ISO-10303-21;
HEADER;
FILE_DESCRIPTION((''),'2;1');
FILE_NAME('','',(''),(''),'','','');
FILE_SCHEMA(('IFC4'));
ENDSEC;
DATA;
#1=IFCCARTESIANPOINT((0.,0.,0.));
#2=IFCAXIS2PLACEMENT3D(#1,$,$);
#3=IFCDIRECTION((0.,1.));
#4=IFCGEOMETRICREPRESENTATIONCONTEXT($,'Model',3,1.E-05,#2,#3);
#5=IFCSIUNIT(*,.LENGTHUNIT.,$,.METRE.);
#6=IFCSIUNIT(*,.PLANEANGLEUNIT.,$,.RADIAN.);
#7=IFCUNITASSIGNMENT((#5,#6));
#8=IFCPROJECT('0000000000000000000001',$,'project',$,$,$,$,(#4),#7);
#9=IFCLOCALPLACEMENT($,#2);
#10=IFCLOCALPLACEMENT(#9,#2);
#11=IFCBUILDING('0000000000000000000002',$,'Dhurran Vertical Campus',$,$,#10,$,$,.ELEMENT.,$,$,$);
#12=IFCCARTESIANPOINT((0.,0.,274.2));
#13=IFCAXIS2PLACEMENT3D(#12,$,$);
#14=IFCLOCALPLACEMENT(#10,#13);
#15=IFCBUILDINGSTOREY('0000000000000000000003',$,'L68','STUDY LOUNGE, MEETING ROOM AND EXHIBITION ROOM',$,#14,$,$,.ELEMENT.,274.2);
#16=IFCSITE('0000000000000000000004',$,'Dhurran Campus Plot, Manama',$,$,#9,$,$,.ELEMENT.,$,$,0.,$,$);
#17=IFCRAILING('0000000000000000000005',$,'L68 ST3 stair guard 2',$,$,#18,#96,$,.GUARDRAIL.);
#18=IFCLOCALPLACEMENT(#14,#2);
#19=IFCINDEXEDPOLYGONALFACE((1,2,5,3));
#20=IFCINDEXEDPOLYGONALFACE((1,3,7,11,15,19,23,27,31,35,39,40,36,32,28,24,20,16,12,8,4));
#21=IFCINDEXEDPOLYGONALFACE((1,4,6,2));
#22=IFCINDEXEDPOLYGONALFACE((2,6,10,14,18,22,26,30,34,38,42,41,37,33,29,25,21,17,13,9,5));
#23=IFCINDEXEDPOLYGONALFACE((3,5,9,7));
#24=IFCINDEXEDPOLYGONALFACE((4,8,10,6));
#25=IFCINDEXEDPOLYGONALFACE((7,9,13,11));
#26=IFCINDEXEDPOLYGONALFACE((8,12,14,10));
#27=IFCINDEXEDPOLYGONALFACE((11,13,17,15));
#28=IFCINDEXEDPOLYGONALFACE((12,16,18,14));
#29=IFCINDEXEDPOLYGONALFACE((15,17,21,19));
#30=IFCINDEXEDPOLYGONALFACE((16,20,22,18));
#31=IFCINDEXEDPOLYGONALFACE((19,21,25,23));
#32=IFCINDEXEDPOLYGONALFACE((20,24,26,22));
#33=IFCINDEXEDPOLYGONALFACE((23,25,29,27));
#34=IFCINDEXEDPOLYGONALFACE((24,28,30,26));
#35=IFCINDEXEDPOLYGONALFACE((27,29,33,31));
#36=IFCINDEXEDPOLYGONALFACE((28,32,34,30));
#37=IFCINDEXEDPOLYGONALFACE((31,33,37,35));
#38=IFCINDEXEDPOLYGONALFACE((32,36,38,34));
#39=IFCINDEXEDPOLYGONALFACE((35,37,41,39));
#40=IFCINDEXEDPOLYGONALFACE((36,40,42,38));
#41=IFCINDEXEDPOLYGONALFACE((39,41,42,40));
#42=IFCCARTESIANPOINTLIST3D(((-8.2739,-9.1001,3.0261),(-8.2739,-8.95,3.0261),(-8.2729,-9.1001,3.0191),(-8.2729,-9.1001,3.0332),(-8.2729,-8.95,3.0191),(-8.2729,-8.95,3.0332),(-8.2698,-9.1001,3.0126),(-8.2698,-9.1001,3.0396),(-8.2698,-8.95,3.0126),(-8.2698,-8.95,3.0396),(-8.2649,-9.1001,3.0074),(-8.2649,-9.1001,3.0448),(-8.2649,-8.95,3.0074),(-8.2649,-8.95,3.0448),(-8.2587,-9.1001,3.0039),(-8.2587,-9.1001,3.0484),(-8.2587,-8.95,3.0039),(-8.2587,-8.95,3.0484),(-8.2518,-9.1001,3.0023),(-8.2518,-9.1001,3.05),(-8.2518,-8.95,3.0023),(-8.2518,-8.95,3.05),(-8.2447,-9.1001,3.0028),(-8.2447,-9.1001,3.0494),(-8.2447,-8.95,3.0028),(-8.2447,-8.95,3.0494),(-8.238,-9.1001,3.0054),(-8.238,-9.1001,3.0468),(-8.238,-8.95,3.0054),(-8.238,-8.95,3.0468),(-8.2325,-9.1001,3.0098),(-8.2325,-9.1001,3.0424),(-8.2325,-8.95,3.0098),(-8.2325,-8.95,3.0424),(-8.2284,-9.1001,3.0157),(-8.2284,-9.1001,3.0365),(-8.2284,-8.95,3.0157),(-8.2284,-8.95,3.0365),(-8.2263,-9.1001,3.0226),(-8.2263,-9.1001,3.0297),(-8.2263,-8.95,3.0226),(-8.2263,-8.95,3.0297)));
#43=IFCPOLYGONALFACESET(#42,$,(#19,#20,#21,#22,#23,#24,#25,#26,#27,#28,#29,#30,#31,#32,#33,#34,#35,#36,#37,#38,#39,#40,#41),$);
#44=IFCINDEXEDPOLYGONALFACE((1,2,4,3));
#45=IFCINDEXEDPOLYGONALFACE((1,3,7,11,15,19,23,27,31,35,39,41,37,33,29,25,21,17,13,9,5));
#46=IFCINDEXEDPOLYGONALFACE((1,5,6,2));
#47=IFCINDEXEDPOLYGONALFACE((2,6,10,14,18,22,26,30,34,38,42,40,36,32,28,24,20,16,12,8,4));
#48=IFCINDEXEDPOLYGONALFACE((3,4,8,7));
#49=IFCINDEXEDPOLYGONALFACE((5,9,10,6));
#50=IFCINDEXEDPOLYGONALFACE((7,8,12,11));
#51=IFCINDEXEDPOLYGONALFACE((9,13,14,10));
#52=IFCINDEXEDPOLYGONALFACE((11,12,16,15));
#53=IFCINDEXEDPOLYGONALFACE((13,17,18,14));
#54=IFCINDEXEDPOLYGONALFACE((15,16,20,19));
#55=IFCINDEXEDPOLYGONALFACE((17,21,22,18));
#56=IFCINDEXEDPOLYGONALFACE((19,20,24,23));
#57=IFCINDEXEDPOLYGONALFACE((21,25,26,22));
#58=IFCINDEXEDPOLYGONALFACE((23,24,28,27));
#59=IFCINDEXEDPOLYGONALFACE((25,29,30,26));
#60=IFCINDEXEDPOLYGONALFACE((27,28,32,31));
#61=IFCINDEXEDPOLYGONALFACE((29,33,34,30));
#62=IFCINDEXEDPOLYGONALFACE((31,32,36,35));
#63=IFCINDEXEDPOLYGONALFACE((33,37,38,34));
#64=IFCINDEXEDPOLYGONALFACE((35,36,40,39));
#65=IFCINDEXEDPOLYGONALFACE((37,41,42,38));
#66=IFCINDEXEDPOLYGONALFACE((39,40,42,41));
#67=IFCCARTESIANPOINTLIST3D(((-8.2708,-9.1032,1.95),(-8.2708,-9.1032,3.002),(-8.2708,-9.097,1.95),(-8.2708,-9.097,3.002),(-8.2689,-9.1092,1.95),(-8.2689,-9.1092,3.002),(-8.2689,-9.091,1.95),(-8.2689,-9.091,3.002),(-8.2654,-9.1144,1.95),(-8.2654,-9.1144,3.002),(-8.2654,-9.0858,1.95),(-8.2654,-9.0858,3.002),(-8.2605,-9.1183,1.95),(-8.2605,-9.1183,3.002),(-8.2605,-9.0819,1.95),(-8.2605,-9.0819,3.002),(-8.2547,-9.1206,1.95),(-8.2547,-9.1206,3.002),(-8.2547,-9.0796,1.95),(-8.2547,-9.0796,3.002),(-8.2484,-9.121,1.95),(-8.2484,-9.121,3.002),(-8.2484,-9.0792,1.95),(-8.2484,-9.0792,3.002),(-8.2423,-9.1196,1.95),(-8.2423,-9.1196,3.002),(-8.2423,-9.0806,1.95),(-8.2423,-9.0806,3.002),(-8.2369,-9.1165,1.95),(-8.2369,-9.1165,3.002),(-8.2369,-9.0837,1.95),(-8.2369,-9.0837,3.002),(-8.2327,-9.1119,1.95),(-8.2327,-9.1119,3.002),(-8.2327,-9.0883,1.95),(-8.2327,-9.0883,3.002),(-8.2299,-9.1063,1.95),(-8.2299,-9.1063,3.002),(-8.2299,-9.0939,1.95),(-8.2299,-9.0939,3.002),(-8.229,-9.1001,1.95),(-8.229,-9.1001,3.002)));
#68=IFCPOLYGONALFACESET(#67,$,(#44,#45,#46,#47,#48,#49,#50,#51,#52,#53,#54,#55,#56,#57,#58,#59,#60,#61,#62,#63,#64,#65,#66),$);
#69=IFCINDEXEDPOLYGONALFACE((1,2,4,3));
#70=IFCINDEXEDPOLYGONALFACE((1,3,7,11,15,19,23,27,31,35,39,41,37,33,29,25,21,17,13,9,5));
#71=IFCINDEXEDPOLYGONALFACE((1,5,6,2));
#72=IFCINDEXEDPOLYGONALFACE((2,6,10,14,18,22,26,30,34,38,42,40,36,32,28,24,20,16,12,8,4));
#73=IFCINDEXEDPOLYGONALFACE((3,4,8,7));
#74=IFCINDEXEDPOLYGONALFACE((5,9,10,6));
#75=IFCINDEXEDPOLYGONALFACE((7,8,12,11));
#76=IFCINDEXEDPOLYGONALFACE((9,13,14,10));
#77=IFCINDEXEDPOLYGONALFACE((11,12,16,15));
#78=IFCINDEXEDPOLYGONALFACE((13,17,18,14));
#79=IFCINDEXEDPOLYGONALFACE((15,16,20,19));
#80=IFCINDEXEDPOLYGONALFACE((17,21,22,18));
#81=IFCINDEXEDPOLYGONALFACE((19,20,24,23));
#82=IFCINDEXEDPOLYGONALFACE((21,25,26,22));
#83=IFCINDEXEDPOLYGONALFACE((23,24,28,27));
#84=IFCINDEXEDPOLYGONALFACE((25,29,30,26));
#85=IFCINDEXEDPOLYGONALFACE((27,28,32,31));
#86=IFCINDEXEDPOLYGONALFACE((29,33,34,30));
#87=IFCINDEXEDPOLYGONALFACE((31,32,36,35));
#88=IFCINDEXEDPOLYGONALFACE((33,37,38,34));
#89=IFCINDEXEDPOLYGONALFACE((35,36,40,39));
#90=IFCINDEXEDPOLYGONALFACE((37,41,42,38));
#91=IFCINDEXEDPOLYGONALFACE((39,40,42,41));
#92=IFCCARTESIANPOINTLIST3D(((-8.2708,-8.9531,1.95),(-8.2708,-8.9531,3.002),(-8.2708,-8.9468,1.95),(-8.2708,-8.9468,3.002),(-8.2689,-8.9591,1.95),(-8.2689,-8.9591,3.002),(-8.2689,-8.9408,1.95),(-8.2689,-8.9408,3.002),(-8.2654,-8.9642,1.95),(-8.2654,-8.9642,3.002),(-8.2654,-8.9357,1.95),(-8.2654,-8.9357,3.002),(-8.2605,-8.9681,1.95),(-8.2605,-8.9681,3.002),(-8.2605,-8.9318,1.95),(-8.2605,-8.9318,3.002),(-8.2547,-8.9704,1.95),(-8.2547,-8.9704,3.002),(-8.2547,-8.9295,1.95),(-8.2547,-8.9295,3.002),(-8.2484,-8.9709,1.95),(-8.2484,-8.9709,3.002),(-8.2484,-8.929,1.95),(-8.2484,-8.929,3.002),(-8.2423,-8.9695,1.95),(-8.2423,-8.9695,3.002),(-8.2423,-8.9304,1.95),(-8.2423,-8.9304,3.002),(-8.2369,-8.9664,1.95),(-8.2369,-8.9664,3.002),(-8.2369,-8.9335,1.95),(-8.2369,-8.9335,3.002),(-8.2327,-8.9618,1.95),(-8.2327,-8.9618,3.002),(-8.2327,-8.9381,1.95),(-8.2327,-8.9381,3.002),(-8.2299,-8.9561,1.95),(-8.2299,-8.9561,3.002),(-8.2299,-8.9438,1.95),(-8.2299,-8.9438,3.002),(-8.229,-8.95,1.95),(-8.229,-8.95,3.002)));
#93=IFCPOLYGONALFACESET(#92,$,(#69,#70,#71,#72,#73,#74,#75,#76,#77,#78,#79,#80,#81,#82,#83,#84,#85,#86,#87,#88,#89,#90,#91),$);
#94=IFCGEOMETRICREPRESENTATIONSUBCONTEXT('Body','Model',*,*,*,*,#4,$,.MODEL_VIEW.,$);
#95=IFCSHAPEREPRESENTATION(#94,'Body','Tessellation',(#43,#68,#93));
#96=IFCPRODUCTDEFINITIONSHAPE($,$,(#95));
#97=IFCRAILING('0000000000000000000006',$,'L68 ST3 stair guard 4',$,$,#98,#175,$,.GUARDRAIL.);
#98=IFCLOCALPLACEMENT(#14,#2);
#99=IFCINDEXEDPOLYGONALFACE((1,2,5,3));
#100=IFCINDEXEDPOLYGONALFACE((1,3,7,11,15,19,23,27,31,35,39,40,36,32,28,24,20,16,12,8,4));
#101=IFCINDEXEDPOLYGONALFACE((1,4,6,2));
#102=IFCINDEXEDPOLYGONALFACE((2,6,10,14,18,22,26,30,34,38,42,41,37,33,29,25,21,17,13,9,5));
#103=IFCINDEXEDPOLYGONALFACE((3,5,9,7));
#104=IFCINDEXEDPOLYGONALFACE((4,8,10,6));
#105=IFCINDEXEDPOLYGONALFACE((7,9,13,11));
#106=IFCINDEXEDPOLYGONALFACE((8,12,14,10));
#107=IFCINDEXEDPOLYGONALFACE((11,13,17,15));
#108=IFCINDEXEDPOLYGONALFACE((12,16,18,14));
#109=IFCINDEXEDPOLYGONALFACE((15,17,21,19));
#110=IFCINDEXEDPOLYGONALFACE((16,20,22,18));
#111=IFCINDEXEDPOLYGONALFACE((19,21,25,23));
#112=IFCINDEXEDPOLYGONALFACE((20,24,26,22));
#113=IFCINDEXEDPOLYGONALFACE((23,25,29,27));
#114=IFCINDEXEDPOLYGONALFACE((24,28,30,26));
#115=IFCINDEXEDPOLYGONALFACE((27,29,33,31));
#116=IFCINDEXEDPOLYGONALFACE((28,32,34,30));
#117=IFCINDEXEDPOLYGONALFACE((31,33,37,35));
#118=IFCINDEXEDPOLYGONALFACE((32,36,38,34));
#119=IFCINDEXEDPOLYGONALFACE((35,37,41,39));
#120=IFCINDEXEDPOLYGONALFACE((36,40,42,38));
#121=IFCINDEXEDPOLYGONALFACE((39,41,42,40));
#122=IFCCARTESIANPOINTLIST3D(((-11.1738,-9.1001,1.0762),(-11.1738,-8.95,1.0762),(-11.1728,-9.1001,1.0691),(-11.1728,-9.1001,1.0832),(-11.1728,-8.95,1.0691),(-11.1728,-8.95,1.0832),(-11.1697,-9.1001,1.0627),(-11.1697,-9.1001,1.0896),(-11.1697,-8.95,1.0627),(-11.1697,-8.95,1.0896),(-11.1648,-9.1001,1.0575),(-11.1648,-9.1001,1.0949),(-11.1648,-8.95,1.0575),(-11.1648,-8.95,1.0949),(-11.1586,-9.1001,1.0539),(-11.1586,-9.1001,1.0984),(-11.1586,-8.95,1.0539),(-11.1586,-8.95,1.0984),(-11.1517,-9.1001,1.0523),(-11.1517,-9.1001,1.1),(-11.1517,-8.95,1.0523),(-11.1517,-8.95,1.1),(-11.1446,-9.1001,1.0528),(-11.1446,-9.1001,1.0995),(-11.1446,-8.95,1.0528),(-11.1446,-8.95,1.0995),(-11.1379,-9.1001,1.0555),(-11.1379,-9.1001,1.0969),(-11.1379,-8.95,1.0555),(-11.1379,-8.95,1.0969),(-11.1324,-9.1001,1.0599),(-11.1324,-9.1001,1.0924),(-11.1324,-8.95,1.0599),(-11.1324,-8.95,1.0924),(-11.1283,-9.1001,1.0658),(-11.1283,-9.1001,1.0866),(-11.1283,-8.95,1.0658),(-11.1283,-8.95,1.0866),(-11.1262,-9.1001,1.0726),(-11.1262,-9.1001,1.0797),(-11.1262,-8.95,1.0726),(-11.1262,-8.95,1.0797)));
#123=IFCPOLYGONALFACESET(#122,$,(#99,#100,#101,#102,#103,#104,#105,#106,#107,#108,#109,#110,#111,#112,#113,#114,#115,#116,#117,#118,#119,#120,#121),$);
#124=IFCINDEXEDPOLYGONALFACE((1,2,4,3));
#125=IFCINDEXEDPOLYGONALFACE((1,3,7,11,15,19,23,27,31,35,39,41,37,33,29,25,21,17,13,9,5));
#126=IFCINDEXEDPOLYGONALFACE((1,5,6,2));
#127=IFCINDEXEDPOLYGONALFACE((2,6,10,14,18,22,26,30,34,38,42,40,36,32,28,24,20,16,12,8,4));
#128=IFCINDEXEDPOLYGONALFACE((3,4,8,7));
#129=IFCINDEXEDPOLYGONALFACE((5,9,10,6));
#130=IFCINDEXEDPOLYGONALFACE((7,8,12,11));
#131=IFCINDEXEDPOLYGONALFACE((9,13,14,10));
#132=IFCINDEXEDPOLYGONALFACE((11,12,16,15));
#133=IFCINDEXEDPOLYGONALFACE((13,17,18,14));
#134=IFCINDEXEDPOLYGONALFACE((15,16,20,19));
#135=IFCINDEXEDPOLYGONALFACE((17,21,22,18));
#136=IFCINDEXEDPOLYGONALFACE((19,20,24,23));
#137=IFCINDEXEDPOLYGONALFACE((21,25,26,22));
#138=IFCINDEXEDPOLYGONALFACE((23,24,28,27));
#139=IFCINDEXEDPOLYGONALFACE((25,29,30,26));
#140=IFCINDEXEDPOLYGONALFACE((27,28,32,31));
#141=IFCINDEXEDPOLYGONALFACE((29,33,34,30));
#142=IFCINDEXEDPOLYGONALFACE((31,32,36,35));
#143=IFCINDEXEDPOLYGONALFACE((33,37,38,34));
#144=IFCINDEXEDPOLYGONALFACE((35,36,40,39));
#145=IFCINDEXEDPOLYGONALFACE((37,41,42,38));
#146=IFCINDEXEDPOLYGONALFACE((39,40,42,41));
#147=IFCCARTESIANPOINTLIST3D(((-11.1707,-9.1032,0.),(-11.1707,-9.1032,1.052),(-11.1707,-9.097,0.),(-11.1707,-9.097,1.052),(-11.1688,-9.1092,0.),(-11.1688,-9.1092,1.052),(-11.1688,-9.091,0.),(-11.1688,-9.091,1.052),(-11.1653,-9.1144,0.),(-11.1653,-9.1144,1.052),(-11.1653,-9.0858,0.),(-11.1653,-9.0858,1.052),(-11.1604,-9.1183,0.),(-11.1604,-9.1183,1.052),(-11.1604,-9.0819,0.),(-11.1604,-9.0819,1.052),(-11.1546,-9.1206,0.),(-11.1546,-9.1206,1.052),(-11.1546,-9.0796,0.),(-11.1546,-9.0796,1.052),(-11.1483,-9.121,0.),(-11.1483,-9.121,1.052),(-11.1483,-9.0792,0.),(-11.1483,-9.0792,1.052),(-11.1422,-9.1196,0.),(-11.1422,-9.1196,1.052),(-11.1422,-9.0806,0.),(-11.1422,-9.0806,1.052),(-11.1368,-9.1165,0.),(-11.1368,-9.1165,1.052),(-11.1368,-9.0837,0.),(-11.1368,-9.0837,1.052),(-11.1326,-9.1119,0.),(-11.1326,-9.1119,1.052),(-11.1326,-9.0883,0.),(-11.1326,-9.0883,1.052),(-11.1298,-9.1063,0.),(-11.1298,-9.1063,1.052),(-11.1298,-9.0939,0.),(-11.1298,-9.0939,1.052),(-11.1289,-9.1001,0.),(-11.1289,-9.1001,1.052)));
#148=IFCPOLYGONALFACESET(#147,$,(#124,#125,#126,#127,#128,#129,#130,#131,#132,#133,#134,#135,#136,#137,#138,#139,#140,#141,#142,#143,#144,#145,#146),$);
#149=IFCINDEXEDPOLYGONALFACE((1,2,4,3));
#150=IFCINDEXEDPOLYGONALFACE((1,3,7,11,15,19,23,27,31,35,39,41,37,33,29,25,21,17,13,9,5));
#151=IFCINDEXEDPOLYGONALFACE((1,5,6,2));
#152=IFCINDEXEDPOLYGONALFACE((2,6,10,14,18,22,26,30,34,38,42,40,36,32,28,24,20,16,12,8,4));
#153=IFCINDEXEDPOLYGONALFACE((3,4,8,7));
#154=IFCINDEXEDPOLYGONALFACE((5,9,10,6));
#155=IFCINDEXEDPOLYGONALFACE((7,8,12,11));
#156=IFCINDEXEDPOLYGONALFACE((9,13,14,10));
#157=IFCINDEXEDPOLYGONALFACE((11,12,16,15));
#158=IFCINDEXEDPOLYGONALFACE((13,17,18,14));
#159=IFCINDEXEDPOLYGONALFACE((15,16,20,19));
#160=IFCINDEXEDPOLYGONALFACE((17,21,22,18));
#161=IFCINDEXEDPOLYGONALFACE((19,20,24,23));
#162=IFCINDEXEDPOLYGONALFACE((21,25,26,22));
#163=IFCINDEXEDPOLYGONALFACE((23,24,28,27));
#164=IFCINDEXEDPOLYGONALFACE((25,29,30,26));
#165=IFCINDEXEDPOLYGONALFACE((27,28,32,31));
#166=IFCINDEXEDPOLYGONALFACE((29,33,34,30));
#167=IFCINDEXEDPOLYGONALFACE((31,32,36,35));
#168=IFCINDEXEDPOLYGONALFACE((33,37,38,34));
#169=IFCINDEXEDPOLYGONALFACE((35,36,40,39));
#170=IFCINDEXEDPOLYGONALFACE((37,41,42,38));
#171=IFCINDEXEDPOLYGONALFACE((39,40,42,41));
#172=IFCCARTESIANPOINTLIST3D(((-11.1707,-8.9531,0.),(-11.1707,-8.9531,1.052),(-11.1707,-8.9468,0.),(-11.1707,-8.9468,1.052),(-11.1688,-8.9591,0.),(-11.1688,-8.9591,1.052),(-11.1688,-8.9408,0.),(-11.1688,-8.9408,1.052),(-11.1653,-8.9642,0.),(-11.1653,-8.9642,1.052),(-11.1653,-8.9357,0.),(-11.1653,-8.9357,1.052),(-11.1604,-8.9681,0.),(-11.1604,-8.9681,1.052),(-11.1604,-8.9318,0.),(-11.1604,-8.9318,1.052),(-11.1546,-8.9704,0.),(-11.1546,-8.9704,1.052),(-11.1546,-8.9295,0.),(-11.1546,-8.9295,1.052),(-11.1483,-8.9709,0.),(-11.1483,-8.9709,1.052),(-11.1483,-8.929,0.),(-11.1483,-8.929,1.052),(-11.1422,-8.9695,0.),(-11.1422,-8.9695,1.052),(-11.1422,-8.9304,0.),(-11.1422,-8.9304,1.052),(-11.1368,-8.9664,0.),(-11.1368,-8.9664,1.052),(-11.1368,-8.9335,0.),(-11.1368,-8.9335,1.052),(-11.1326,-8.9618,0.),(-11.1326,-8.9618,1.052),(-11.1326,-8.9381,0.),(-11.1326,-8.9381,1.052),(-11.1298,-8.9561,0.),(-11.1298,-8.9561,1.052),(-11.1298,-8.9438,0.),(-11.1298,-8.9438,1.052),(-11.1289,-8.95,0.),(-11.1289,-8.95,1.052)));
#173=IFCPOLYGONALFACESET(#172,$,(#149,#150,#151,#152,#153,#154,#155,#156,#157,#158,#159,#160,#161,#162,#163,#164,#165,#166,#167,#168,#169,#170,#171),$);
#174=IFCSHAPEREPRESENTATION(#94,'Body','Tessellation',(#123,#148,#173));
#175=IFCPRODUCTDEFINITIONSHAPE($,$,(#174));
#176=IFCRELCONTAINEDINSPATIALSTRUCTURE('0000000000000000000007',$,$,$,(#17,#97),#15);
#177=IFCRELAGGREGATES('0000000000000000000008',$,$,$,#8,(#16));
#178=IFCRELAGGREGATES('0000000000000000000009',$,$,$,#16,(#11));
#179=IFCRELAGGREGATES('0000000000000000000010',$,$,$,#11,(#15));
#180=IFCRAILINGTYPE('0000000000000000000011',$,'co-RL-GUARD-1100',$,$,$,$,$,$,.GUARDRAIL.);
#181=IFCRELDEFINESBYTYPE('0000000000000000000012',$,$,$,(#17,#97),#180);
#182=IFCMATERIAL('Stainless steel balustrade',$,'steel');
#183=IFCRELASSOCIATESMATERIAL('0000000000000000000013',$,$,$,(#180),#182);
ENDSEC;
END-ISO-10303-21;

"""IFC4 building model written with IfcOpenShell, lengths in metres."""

from ifc_helpers import new_model, si_unit, direction, frame, origin, origin_2d, place, context, subcontext, project, spatial, circle, extrude, material, type_object, element, save


model = new_model("IFC4")

# Units and contexts
model_context = context("Model", 3, precision=1e-05, world=origin(), true_north=direction((0.0, 1.0)))
body_context = subcontext(model_context, "Body", "Model", "MODEL_VIEW")
ifc_project = project(units=[si_unit("LENGTHUNIT", "METRE"), si_unit("PLANEANGLEUNIT", "RADIAN")], contexts=[model_context])

# Site, building, storey
site_placement = place(None, origin())
site = spatial("IfcSite", under=ifc_project, at=site_placement, Name="Dhurran Campus Plot, Manama", CompositionType="ELEMENT", RefElevation=0.0)
building_placement = place(site_placement, origin())
building = spatial("IfcBuilding", under=site, at=building_placement, Name="Dhurran Vertical Campus", CompositionType="ELEMENT")
storey_placement = place(building_placement, frame((0.0, 0.0, 274.2)))
storey = spatial("IfcBuildingStorey", under=building, at=storey_placement, Name="L68", Description="STUDY LOUNGE, MEETING ROOM AND EXHIBITION ROOM", CompositionType="ELEMENT", Elevation=274.2)

# Railings
ifc_material_1 = material(Name="Stainless steel balustrade", Category="steel")
railing_type_1 = type_object("IfcRailingType", Name="co-RL-GUARD-1100", PredefinedType="GUARDRAIL", material=ifc_material_1)
for number, where, name in (
    (1, (-8.25, -9.1001, 1.95), "L68 ST3 stair guard 2"),
    (2, (-11.1499, -9.1001, 0.0), "L68 ST3 stair guard 4"),
):
    element("IfcRailing", number, at=place(storey_placement, frame(where)), inside=storey, type_object=railing_type_1, Name=name, PredefinedType="GUARDRAIL", context=body_context, shape_type="SweptSolid", body=[
        extrude(circle(Radius=0.0239, at=origin_2d()), frame((0.0, 0.0, 1.0762), z_axis=(0.0, 1.0, 0.0), x_axis=(-1.0, 0.0, 0.0)), (0.0, 0.0, 1.0), 0.1501),
        extrude(circle(Radius=0.021, at=origin_2d()), origin(), (0.0, 0.0, 1.0), 1.052),
        extrude(circle(Radius=0.021, at=origin_2d()), frame((0.0, 0.1501, 0.0)), (0.0, 0.0, 1.0), 1.052),
    ])

save(model, "model.ifc")
